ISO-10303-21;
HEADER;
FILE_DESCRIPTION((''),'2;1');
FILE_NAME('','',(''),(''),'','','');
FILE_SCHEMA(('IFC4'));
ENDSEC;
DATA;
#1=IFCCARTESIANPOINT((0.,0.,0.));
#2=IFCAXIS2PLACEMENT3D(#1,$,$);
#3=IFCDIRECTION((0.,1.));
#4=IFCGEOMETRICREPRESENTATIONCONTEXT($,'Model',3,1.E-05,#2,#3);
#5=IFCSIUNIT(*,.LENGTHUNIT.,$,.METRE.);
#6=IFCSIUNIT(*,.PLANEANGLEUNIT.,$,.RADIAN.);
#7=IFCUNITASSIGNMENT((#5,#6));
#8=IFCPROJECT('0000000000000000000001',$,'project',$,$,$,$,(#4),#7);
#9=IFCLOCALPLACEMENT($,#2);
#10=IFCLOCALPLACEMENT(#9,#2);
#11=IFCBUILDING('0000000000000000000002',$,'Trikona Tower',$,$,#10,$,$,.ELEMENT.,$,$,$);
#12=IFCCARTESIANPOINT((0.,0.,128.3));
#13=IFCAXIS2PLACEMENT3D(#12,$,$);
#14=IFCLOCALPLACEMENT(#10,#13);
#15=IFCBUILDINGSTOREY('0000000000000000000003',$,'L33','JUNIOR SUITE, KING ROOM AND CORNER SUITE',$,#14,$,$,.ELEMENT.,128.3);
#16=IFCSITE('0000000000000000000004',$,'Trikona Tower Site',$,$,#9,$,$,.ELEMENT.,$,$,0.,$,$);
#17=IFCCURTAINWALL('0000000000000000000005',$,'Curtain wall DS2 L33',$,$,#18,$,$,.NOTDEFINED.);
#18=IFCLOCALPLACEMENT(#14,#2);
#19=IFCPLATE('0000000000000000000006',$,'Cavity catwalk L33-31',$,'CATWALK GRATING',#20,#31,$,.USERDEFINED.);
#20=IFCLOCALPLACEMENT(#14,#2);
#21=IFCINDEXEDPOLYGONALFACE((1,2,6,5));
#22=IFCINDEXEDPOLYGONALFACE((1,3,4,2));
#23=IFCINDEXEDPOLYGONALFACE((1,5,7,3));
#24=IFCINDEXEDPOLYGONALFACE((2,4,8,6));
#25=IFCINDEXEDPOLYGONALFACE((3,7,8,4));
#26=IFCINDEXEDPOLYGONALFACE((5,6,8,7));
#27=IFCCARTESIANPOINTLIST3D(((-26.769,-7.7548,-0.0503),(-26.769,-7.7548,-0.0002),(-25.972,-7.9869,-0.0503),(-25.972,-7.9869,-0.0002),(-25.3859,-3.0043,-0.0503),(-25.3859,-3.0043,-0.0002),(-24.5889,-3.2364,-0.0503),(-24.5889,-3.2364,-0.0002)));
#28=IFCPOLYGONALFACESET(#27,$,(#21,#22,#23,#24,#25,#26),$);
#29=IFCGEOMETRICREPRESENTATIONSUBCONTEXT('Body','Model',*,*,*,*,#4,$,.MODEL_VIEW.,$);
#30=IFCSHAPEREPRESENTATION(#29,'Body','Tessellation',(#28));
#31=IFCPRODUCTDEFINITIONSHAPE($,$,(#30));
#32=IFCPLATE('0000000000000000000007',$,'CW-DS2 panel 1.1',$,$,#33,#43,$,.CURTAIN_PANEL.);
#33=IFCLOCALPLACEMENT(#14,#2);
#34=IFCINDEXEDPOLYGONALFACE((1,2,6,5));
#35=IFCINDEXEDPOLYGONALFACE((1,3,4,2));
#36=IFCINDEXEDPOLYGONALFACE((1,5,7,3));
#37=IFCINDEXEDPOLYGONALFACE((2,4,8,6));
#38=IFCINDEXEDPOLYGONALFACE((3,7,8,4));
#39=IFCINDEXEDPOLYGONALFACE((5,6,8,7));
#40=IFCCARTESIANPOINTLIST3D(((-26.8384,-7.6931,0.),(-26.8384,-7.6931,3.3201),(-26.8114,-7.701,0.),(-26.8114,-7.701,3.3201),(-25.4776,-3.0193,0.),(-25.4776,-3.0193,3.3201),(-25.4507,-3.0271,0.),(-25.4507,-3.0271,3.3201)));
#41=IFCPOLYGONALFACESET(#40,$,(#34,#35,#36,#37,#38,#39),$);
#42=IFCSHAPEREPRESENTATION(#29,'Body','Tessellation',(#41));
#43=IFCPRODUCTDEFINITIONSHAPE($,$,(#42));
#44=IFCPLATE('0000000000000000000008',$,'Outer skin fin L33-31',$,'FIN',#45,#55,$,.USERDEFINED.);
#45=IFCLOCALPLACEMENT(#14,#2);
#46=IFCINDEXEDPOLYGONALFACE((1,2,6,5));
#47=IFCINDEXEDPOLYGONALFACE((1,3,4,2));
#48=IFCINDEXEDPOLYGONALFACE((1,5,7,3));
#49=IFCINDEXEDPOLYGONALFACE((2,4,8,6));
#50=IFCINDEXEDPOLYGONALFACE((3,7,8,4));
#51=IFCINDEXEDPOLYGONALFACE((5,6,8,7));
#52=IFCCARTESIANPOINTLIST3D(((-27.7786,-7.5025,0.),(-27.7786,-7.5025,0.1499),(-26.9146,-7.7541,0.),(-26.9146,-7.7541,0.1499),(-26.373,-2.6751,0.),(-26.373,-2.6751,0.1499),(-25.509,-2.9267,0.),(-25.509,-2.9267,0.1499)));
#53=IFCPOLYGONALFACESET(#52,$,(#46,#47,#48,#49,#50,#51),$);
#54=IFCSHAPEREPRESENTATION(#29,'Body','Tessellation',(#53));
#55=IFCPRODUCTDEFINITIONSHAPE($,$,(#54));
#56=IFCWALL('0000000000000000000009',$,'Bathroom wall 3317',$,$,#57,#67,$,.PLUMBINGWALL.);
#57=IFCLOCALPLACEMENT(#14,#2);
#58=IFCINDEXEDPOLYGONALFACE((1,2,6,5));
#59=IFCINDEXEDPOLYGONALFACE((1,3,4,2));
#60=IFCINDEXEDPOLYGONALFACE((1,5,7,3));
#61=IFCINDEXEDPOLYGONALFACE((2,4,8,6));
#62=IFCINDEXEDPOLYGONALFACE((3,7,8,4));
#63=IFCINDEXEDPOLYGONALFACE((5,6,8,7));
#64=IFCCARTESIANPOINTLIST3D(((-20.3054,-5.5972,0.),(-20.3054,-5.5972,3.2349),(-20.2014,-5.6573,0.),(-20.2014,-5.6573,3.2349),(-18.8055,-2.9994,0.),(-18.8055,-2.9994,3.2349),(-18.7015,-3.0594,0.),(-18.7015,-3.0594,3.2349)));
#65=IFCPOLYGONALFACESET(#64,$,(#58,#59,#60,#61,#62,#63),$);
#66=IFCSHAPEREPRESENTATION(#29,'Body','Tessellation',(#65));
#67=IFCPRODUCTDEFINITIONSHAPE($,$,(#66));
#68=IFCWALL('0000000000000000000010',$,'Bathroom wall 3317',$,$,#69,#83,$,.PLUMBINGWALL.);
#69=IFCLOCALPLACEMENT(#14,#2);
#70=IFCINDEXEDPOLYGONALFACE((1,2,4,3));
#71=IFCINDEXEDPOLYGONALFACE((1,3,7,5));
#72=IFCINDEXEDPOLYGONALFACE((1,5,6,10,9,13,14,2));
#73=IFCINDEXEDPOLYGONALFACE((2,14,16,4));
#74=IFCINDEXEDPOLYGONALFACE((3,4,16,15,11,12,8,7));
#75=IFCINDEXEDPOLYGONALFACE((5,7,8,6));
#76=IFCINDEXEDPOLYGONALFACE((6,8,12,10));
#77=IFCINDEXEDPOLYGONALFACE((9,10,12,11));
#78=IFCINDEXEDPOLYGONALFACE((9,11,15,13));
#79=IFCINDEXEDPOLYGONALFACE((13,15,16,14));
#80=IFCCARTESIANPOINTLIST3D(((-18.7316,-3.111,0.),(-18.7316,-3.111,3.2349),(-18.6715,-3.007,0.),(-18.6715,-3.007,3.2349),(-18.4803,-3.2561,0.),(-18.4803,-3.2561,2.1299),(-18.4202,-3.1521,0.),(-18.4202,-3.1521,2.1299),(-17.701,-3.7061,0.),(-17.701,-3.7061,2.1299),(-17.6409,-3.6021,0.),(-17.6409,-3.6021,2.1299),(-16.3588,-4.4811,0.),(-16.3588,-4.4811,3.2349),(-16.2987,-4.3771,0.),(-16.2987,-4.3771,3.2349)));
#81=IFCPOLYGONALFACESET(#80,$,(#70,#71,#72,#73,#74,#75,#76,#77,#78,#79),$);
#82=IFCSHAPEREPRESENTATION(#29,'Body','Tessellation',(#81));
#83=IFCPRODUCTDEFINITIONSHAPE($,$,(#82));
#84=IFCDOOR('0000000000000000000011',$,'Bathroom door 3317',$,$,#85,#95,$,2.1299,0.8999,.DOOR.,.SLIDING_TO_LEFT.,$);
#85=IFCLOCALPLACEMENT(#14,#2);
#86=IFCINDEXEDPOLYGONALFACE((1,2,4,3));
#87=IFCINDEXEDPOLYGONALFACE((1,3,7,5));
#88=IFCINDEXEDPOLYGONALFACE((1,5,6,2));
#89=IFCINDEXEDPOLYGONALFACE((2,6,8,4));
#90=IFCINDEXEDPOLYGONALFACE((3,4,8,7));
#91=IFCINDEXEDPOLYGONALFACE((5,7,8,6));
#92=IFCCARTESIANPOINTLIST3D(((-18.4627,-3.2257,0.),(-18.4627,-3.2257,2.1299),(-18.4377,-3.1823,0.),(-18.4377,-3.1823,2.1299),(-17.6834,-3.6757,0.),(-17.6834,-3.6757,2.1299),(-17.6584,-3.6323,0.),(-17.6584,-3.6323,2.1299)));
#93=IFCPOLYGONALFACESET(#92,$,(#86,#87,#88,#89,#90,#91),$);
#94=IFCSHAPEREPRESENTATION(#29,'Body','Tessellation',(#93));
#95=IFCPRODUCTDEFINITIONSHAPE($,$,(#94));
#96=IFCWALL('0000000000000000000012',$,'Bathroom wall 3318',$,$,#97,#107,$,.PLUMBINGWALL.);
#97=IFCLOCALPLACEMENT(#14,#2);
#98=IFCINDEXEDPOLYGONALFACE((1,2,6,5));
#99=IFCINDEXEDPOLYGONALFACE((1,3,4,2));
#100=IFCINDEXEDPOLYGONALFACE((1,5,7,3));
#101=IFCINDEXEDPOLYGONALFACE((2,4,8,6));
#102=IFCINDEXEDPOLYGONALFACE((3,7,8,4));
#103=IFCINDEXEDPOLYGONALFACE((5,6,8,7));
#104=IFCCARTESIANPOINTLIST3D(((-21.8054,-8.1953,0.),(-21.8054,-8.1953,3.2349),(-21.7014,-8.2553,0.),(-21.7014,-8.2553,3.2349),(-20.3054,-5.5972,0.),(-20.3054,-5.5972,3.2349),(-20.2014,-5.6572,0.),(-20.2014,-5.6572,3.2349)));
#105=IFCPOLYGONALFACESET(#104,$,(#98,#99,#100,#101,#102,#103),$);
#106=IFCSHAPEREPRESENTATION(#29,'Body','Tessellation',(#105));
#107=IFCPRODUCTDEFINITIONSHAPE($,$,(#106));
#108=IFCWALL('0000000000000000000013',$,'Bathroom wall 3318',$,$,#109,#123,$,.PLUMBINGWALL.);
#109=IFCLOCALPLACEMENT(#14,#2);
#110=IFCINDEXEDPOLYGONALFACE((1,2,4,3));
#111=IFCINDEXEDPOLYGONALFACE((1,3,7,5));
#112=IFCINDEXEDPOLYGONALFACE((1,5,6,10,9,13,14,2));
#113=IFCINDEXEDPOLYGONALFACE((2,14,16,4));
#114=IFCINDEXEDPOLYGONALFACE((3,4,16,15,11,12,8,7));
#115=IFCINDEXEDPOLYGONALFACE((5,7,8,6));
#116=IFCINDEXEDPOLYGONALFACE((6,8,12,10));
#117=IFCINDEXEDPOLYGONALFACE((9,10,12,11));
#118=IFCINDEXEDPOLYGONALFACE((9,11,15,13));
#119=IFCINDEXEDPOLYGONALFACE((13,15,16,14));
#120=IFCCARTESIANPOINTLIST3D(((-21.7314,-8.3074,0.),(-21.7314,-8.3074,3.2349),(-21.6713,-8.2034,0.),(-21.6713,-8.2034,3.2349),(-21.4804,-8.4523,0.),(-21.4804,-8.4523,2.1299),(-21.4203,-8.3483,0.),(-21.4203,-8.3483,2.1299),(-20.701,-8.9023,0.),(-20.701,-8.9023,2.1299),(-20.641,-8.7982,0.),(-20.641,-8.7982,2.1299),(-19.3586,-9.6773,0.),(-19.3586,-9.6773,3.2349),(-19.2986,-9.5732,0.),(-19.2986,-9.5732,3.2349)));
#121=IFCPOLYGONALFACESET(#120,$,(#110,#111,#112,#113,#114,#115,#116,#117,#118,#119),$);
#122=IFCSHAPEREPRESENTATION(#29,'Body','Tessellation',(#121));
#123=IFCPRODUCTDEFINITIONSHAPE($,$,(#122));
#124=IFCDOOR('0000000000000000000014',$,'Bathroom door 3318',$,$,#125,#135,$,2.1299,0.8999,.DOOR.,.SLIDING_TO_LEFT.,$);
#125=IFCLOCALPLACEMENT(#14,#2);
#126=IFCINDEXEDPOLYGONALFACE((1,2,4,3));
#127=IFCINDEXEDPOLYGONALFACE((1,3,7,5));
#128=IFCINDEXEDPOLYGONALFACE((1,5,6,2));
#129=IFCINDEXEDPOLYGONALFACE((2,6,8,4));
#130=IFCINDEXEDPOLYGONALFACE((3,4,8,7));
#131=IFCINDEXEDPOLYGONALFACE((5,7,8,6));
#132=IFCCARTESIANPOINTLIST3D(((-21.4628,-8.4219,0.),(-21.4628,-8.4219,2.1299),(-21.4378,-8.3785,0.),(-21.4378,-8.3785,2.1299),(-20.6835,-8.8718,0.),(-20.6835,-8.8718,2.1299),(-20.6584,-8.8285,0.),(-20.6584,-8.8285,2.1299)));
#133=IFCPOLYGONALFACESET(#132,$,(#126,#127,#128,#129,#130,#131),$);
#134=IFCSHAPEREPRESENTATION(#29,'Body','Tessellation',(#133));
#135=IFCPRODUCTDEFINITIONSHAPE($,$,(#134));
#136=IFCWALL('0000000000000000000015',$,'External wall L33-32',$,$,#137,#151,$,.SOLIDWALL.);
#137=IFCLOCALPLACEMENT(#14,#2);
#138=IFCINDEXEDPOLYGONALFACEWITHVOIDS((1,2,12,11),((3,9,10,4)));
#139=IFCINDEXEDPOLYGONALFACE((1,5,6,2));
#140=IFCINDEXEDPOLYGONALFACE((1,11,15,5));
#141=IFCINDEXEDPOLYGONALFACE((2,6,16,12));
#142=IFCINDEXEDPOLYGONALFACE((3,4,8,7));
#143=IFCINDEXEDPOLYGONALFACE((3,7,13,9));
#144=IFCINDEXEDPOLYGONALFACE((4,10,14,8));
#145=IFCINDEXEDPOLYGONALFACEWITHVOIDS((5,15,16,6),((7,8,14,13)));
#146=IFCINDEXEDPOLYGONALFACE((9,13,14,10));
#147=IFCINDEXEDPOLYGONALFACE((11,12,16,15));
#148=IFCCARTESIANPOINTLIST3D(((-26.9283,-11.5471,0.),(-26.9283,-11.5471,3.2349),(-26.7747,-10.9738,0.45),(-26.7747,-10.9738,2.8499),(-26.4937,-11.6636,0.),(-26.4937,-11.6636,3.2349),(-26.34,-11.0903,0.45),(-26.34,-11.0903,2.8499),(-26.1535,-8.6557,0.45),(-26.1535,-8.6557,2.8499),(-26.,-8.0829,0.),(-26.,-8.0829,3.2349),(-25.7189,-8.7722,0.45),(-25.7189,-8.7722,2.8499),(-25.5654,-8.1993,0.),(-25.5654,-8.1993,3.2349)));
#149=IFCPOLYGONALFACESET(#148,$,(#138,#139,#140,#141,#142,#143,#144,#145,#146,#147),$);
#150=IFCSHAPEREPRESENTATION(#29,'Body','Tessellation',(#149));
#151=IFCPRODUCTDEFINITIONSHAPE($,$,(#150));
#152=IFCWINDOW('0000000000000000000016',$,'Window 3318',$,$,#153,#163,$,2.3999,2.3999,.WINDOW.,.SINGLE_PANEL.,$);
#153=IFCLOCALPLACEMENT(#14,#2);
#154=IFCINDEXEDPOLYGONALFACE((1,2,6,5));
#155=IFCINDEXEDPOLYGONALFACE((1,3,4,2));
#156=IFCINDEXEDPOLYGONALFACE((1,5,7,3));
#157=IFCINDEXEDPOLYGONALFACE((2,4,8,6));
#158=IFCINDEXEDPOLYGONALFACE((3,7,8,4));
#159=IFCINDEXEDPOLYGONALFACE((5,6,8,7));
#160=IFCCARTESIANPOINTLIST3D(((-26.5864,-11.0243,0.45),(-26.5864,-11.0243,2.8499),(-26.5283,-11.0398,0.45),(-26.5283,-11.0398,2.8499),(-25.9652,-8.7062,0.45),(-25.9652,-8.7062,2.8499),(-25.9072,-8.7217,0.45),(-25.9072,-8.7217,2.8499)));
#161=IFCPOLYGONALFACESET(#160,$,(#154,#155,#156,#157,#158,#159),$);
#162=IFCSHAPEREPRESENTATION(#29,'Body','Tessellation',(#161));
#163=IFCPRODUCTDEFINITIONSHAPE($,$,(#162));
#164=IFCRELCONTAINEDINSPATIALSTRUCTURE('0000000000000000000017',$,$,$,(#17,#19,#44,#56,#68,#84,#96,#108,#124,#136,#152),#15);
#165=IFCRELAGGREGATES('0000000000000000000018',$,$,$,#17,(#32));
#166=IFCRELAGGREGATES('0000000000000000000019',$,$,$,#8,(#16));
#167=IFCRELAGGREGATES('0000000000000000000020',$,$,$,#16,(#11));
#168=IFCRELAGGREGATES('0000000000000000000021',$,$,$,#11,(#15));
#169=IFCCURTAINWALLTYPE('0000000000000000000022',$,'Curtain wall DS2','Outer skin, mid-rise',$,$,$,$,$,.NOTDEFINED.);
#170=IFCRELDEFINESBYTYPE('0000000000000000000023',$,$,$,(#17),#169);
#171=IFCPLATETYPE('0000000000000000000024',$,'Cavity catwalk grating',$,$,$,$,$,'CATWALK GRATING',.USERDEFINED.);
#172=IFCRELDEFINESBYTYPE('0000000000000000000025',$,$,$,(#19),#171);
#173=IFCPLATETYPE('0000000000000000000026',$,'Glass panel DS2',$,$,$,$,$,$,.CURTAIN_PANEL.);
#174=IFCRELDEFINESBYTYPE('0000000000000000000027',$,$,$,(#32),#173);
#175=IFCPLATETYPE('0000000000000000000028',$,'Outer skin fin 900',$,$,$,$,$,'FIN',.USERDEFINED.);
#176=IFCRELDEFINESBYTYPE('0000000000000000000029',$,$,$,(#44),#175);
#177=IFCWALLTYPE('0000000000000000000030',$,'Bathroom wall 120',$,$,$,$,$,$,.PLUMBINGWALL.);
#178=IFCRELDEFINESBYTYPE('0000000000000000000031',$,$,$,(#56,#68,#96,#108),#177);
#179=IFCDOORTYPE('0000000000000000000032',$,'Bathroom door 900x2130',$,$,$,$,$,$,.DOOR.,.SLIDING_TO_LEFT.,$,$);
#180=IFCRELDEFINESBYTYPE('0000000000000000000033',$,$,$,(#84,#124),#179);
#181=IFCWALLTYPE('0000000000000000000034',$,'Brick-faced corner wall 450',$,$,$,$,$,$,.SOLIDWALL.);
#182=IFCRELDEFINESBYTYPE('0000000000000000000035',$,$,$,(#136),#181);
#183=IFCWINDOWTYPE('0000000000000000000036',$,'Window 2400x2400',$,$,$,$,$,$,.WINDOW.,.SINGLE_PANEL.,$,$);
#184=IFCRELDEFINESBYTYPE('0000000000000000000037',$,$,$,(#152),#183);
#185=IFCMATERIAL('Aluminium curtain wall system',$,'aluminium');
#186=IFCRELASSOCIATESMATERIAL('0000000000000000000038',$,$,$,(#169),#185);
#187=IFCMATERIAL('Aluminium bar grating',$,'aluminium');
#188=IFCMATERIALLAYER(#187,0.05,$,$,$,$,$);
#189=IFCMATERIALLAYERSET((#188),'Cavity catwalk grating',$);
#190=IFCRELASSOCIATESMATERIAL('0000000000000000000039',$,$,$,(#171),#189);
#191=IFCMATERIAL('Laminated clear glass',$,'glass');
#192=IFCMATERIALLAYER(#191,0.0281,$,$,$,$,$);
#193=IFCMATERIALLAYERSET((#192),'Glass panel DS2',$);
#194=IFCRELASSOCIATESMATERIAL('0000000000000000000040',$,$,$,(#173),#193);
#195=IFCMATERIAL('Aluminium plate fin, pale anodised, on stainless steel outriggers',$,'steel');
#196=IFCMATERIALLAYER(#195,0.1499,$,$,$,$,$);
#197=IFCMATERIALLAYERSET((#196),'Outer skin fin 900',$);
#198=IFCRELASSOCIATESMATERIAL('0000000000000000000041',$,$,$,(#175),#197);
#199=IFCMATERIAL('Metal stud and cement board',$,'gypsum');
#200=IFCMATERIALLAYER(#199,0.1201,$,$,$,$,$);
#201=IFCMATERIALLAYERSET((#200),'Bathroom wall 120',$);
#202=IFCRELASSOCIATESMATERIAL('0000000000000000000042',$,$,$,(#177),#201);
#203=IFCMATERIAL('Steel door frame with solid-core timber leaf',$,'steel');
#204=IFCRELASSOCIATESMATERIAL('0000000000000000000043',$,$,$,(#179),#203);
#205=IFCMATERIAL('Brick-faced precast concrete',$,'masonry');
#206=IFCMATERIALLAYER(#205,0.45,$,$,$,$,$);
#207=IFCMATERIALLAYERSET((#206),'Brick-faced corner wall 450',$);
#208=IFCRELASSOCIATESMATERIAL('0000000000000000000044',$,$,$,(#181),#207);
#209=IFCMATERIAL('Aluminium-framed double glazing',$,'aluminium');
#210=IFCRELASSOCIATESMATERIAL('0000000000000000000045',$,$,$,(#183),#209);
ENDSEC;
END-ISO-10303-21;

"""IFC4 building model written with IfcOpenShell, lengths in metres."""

from ifc_helpers import new_model, si_unit, direction, frame, frame_2d, origin, origin_2d, place, context, subcontext, project, spatial, rectangle, extrude, material, layer, layer_set, type_object, element, fill, aggregate, save


model = new_model("IFC4")

# Units and contexts
model_context = context("Model", 3, precision=1e-05, world=origin(), true_north=direction((0.0, 1.0)))
body_context = subcontext(model_context, "Body", "Model", "MODEL_VIEW")
ifc_project = project(units=[si_unit("LENGTHUNIT", "METRE"), si_unit("PLANEANGLEUNIT", "RADIAN")], contexts=[model_context])

# Site, building, storey
site_placement = place(None, origin())
site = spatial("IfcSite", under=ifc_project, at=site_placement, Name="Trikona Tower Site", CompositionType="ELEMENT", RefElevation=0.0)
building_placement = place(site_placement, origin())
building = spatial("IfcBuilding", under=site, at=building_placement, Name="Trikona Tower", CompositionType="ELEMENT")
storey_placement = place(building_placement, frame((0.0, 0.0, 128.3)))
storey = spatial("IfcBuildingStorey", under=building, at=storey_placement, Name="L33", Description="JUNIOR SUITE, KING ROOM AND CORNER SUITE", CompositionType="ELEMENT", Elevation=128.3)

# Shared definitions
ifc_material_1 = material(Name="Aluminium curtain wall system", Category="aluminium")
curtain_wall_type = type_object("IfcCurtainWallType", Name="Curtain wall DS2", Description="Outer skin, mid-rise", PredefinedType="NOTDEFINED", material=ifc_material_1)

# Curtain wall
curtain_wall_1_placement = place(storey_placement, origin())
curtain_wall_1 = element("IfcCurtainWall", 1, at=curtain_wall_1_placement, inside=storey, type_object=curtain_wall_type, Name="Curtain wall DS2 L33", PredefinedType="NOTDEFINED")

# Plate
ifc_material_2 = material(Name="Aluminium bar grating", Category="aluminium")
ifc_layer_1 = layer(ifc_material_2, 0.05)
ifc_layer_set_1 = layer_set([ifc_layer_1], Name="Cavity catwalk grating")
plate_type_1 = type_object("IfcPlateType", Name="Cavity catwalk grating", ElementType="CATWALK GRATING", PredefinedType="USERDEFINED", material=ifc_layer_set_1)
plate_1_placement = place(storey_placement, frame((-25.679, -5.4956, -0.0503), z_axis=(0.0, 0.0, 1.0), x_axis=(-0.279554, -0.96013, 0.0)))
element("IfcPlate", 2, at=plate_1_placement, inside=storey, type_object=plate_type_1, Name="Cavity catwalk L33-31", ObjectType="CATWALK GRATING", PredefinedType="USERDEFINED", context=body_context, shape_type="SweptSolid", body=[
    extrude(rectangle(XDim=4.9478, YDim=0.8301, at=origin_2d()), origin(), (0.0, 0.0, 1.0), 0.05),
])

# Plates
ifc_material_3 = material(Name="Laminated clear glass", Category="glass")
ifc_layer_2 = layer(ifc_material_3, 0.0281)
ifc_layer_set_2 = layer_set([ifc_layer_2], Name="Glass panel DS2")
plate_type_2 = type_object("IfcPlateType", Name="Glass panel DS2", PredefinedType="CURTAIN_PANEL", material=ifc_layer_set_2)
plate_2_placement = place(storey_placement, frame((-26.1445, -5.3601, 0.0), z_axis=(0.0, 0.0, 1.0), x_axis=(-0.279543, -0.960133, 0.0)))
plate_2 = element("IfcPlate", 3, at=plate_2_placement, type_object=plate_type_2, Name="CW-DS2 panel 1.1", PredefinedType="CURTAIN_PANEL", context=body_context, shape_type="SweptSolid", body=[
    extrude(rectangle(XDim=4.8679, YDim=0.0281, at=origin_2d()), origin(), (0.0, 0.0, 1.0), 3.3201),
])
aggregate(curtain_wall_1, [plate_2])
ifc_material_4 = material(Name="Aluminium plate fin, pale anodised, on stainless steel outriggers", Category="steel")
ifc_layer_3 = layer(ifc_material_4, 0.1499)
ifc_layer_set_3 = layer_set([ifc_layer_3], Name="Outer skin fin 900")
plate_type_3 = type_object("IfcPlateType", Name="Outer skin fin 900", ElementType="FIN", PredefinedType="USERDEFINED", material=ifc_layer_set_3)
plate_3_placement = place(storey_placement, frame((-26.6438, -5.2146, 0.0), z_axis=(0.0, 0.0, 1.0), x_axis=(-0.279554, -0.96013, 0.0)))
element("IfcPlate", 4, at=plate_3_placement, inside=storey, type_object=plate_type_3, Name="Outer skin fin L33-31", ObjectType="FIN", PredefinedType="USERDEFINED", context=body_context, shape_type="SweptSolid", body=[
    extrude(rectangle(XDim=5.0278, YDim=0.8999, at=origin_2d()), origin(), (0.0, 0.0, 1.0), 0.1499),
])

# Wall
ifc_material_5 = material(Name="Metal stud and cement board", Category="gypsum")
ifc_layer_4 = layer(ifc_material_5, 0.1201)
ifc_layer_set_4 = layer_set([ifc_layer_4], Name="Bathroom wall 120")
wall_type_1 = type_object("IfcWallType", Name="Bathroom wall 120", PredefinedType="PLUMBINGWALL", material=ifc_layer_set_4)
wall_1_placement = place(storey_placement, frame((-18.7534, -3.0293, 0.0), z_axis=(0.0, 0.0, 1.0), x_axis=(-0.500025, -0.866011, 0.0)))
element("IfcWall", 5, at=wall_1_placement, inside=storey, type_object=wall_type_1, Name="Bathroom wall 3317", PredefinedType="PLUMBINGWALL", context=body_context, shape_type="SweptSolid", body=[
    extrude(rectangle(XDim=2.9998, YDim=0.1201, at=frame_2d((1.5, 0.0))), origin(), (0.0, 0.0, 1.0), 3.2349),
])

# Wall, opening, door
wall_2_placement = place(storey_placement, frame((-16.3286, -4.4292, 0.0), z_axis=(0.0, 0.0, 1.0), x_axis=(-0.865997, 0.500049, 0.0)))
wall_2 = element("IfcWall", 6, at=wall_2_placement, inside=storey, type_object=wall_type_1, Name="Bathroom wall 3317", PredefinedType="PLUMBINGWALL", context=body_context, shape_type="SweptSolid", body=[
    extrude(rectangle(XDim=2.74, YDim=0.1201, at=frame_2d((1.3701, 0.0))), origin(), (0.0, 0.0, 1.0), 3.2349),
])
opening_1_placement = place(wall_2_placement, frame((1.55, 0.0, 0.0)))
opening_1 = element("IfcOpeningElement", 7, at=opening_1_placement, cuts=wall_2, PredefinedType="OPENING", context=body_context, shape_type="SweptSolid", body=[
    extrude(rectangle(XDim=0.8999, YDim=2.1299, at=frame_2d((0.45, 1.0649))), frame((0.0, 0.0701, 0.0), z_axis=(0.0, -1.0, 0.0), x_axis=(1.0, 0.0, 0.0)), (0.0, 0.0, 1.0), 0.1401),
])
ifc_material_6 = material(Name="Steel door frame with solid-core timber leaf", Category="steel")
door_type_1 = type_object("IfcDoorType", Name="Bathroom door 900x2130", OperationType="SLIDING_TO_LEFT", PredefinedType="DOOR", material=ifc_material_6)
door_1_placement = place(opening_1_placement, origin())
door_1 = element("IfcDoor", 8, at=door_1_placement, inside=storey, type_object=door_type_1, Name="Bathroom door 3317", OperationType="SLIDING_TO_LEFT", OverallHeight=2.1299, OverallWidth=0.8999, PredefinedType="DOOR", context=body_context, shape_type="SweptSolid", body=[
    extrude(rectangle(XDim=0.8999, YDim=2.1299, at=frame_2d((0.45, 1.0649))), frame((0.0, 0.0249, 0.0), z_axis=(0.0, -1.0, 0.0), x_axis=(1.0, 0.0, 0.0)), (0.0, 0.0, 1.0), 0.05),
])
fill(opening_1, door_1)

# Wall
wall_3_placement = place(storey_placement, frame((-20.2534, -5.6272, 0.0), z_axis=(0.0, 0.0, 1.0), x_axis=(-0.49999, -0.866031, 0.0)))
element("IfcWall", 9, at=wall_3_placement, inside=storey, type_object=wall_type_1, Name="Bathroom wall 3318", PredefinedType="PLUMBINGWALL", context=body_context, shape_type="SweptSolid", body=[
    extrude(rectangle(XDim=3.0, YDim=0.1201, at=frame_2d((1.5, 0.0))), origin(), (0.0, 0.0, 1.0), 3.2349),
])

# Wall, opening, door
wall_4_placement = place(storey_placement, frame((-19.3286, -9.6252, 0.0), z_axis=(0.0, 0.0, 1.0), x_axis=(-0.866036, 0.499982, 0.0)))
wall_4 = element("IfcWall", 10, at=wall_4_placement, inside=storey, type_object=wall_type_1, Name="Bathroom wall 3318", PredefinedType="PLUMBINGWALL", context=body_context, shape_type="SweptSolid", body=[
    extrude(rectangle(XDim=2.7397, YDim=0.1201, at=frame_2d((1.3699, 0.0))), origin(), (0.0, 0.0, 1.0), 3.2349),
])
opening_2_placement = place(wall_4_placement, frame((1.55, 0.0, 0.0)))
opening_2 = element("IfcOpeningElement", 11, at=opening_2_placement, cuts=wall_4, PredefinedType="OPENING", context=body_context, shape_type="SweptSolid", body=[
    extrude(rectangle(XDim=0.8999, YDim=2.1299, at=frame_2d((0.45, 1.0649))), frame((0.0, 0.0701, 0.0), z_axis=(0.0, -1.0, 0.0), x_axis=(1.0, 0.0, 0.0)), (0.0, 0.0, 1.0), 0.1401),
])
door_2_placement = place(opening_2_placement, origin())
door_2 = element("IfcDoor", 12, at=door_2_placement, inside=storey, type_object=door_type_1, Name="Bathroom door 3318", OperationType="SLIDING_TO_LEFT", OverallHeight=2.1299, OverallWidth=0.8999, PredefinedType="DOOR", context=body_context, shape_type="SweptSolid", body=[
    extrude(rectangle(XDim=0.8999, YDim=2.1299, at=frame_2d((0.45, 1.0649))), frame((0.0, 0.0249, 0.0), z_axis=(0.0, -1.0, 0.0), x_axis=(1.0, 0.0, 0.0)), (0.0, 0.0, 1.0), 0.05),
])
fill(opening_2, door_2)

# Wall, opening, window
ifc_material_7 = material(Name="Brick-faced precast concrete", Category="masonry")
ifc_layer_5 = layer(ifc_material_7, 0.45)
ifc_layer_set_5 = layer_set([ifc_layer_5], Name="Brick-faced corner wall 450")
wall_type_2 = type_object("IfcWallType", Name="Brick-faced corner wall 450", PredefinedType="SOLIDWALL", material=ifc_layer_set_5)
wall_5_placement = place(storey_placement, frame((-25.7827, -8.1411, 0.0), z_axis=(0.0, 0.0, 1.0), x_axis=(-0.258823, -0.965925, 0.0)))
wall_5 = element("IfcWall", 13, at=wall_5_placement, inside=storey, type_object=wall_type_2, Name="External wall L33-32", PredefinedType="SOLIDWALL", context=body_context, shape_type="SweptSolid", body=[
    extrude(rectangle(XDim=3.5864, YDim=0.45, at=frame_2d((1.7932, 0.0))), origin(), (0.0, 0.0, 1.0), 3.2349),
])
opening_3_placement = place(wall_5_placement, frame((0.593, 0.0, 0.45)))
opening_3 = element("IfcOpeningElement", 14, at=opening_3_placement, cuts=wall_5, PredefinedType="OPENING", context=body_context, shape_type="SweptSolid", body=[
    extrude(rectangle(XDim=2.3999, YDim=2.3999, at=frame_2d((1.2, 1.2))), frame((0.0, 0.2349, 0.0), z_axis=(0.0, -1.0, 0.0), x_axis=(1.0, 0.0, 0.0)), (0.0, 0.0, 1.0), 0.47),
])
ifc_material_8 = material(Name="Aluminium-framed double glazing", Category="aluminium")
window_type_1 = type_object("IfcWindowType", Name="Window 2400x2400", PartitioningType="SINGLE_PANEL", PredefinedType="WINDOW", material=ifc_material_8)
window_1_placement = place(opening_3_placement, origin())
window_1 = element("IfcWindow", 15, at=window_1_placement, inside=storey, type_object=window_type_1, Name="Window 3318", OverallHeight=2.3999, OverallWidth=2.3999, PartitioningType="SINGLE_PANEL", PredefinedType="WINDOW", context=body_context, shape_type="SweptSolid", body=[
    extrude(rectangle(XDim=2.3999, YDim=2.3999, at=frame_2d((1.2, 1.2))), frame((0.0, 0.03, 0.0), z_axis=(0.0, -1.0, 0.0), x_axis=(1.0, 0.0, 0.0)), (0.0, 0.0, 1.0), 0.0601),
])
fill(opening_3, window_1)

save(model, "model.ifc")
